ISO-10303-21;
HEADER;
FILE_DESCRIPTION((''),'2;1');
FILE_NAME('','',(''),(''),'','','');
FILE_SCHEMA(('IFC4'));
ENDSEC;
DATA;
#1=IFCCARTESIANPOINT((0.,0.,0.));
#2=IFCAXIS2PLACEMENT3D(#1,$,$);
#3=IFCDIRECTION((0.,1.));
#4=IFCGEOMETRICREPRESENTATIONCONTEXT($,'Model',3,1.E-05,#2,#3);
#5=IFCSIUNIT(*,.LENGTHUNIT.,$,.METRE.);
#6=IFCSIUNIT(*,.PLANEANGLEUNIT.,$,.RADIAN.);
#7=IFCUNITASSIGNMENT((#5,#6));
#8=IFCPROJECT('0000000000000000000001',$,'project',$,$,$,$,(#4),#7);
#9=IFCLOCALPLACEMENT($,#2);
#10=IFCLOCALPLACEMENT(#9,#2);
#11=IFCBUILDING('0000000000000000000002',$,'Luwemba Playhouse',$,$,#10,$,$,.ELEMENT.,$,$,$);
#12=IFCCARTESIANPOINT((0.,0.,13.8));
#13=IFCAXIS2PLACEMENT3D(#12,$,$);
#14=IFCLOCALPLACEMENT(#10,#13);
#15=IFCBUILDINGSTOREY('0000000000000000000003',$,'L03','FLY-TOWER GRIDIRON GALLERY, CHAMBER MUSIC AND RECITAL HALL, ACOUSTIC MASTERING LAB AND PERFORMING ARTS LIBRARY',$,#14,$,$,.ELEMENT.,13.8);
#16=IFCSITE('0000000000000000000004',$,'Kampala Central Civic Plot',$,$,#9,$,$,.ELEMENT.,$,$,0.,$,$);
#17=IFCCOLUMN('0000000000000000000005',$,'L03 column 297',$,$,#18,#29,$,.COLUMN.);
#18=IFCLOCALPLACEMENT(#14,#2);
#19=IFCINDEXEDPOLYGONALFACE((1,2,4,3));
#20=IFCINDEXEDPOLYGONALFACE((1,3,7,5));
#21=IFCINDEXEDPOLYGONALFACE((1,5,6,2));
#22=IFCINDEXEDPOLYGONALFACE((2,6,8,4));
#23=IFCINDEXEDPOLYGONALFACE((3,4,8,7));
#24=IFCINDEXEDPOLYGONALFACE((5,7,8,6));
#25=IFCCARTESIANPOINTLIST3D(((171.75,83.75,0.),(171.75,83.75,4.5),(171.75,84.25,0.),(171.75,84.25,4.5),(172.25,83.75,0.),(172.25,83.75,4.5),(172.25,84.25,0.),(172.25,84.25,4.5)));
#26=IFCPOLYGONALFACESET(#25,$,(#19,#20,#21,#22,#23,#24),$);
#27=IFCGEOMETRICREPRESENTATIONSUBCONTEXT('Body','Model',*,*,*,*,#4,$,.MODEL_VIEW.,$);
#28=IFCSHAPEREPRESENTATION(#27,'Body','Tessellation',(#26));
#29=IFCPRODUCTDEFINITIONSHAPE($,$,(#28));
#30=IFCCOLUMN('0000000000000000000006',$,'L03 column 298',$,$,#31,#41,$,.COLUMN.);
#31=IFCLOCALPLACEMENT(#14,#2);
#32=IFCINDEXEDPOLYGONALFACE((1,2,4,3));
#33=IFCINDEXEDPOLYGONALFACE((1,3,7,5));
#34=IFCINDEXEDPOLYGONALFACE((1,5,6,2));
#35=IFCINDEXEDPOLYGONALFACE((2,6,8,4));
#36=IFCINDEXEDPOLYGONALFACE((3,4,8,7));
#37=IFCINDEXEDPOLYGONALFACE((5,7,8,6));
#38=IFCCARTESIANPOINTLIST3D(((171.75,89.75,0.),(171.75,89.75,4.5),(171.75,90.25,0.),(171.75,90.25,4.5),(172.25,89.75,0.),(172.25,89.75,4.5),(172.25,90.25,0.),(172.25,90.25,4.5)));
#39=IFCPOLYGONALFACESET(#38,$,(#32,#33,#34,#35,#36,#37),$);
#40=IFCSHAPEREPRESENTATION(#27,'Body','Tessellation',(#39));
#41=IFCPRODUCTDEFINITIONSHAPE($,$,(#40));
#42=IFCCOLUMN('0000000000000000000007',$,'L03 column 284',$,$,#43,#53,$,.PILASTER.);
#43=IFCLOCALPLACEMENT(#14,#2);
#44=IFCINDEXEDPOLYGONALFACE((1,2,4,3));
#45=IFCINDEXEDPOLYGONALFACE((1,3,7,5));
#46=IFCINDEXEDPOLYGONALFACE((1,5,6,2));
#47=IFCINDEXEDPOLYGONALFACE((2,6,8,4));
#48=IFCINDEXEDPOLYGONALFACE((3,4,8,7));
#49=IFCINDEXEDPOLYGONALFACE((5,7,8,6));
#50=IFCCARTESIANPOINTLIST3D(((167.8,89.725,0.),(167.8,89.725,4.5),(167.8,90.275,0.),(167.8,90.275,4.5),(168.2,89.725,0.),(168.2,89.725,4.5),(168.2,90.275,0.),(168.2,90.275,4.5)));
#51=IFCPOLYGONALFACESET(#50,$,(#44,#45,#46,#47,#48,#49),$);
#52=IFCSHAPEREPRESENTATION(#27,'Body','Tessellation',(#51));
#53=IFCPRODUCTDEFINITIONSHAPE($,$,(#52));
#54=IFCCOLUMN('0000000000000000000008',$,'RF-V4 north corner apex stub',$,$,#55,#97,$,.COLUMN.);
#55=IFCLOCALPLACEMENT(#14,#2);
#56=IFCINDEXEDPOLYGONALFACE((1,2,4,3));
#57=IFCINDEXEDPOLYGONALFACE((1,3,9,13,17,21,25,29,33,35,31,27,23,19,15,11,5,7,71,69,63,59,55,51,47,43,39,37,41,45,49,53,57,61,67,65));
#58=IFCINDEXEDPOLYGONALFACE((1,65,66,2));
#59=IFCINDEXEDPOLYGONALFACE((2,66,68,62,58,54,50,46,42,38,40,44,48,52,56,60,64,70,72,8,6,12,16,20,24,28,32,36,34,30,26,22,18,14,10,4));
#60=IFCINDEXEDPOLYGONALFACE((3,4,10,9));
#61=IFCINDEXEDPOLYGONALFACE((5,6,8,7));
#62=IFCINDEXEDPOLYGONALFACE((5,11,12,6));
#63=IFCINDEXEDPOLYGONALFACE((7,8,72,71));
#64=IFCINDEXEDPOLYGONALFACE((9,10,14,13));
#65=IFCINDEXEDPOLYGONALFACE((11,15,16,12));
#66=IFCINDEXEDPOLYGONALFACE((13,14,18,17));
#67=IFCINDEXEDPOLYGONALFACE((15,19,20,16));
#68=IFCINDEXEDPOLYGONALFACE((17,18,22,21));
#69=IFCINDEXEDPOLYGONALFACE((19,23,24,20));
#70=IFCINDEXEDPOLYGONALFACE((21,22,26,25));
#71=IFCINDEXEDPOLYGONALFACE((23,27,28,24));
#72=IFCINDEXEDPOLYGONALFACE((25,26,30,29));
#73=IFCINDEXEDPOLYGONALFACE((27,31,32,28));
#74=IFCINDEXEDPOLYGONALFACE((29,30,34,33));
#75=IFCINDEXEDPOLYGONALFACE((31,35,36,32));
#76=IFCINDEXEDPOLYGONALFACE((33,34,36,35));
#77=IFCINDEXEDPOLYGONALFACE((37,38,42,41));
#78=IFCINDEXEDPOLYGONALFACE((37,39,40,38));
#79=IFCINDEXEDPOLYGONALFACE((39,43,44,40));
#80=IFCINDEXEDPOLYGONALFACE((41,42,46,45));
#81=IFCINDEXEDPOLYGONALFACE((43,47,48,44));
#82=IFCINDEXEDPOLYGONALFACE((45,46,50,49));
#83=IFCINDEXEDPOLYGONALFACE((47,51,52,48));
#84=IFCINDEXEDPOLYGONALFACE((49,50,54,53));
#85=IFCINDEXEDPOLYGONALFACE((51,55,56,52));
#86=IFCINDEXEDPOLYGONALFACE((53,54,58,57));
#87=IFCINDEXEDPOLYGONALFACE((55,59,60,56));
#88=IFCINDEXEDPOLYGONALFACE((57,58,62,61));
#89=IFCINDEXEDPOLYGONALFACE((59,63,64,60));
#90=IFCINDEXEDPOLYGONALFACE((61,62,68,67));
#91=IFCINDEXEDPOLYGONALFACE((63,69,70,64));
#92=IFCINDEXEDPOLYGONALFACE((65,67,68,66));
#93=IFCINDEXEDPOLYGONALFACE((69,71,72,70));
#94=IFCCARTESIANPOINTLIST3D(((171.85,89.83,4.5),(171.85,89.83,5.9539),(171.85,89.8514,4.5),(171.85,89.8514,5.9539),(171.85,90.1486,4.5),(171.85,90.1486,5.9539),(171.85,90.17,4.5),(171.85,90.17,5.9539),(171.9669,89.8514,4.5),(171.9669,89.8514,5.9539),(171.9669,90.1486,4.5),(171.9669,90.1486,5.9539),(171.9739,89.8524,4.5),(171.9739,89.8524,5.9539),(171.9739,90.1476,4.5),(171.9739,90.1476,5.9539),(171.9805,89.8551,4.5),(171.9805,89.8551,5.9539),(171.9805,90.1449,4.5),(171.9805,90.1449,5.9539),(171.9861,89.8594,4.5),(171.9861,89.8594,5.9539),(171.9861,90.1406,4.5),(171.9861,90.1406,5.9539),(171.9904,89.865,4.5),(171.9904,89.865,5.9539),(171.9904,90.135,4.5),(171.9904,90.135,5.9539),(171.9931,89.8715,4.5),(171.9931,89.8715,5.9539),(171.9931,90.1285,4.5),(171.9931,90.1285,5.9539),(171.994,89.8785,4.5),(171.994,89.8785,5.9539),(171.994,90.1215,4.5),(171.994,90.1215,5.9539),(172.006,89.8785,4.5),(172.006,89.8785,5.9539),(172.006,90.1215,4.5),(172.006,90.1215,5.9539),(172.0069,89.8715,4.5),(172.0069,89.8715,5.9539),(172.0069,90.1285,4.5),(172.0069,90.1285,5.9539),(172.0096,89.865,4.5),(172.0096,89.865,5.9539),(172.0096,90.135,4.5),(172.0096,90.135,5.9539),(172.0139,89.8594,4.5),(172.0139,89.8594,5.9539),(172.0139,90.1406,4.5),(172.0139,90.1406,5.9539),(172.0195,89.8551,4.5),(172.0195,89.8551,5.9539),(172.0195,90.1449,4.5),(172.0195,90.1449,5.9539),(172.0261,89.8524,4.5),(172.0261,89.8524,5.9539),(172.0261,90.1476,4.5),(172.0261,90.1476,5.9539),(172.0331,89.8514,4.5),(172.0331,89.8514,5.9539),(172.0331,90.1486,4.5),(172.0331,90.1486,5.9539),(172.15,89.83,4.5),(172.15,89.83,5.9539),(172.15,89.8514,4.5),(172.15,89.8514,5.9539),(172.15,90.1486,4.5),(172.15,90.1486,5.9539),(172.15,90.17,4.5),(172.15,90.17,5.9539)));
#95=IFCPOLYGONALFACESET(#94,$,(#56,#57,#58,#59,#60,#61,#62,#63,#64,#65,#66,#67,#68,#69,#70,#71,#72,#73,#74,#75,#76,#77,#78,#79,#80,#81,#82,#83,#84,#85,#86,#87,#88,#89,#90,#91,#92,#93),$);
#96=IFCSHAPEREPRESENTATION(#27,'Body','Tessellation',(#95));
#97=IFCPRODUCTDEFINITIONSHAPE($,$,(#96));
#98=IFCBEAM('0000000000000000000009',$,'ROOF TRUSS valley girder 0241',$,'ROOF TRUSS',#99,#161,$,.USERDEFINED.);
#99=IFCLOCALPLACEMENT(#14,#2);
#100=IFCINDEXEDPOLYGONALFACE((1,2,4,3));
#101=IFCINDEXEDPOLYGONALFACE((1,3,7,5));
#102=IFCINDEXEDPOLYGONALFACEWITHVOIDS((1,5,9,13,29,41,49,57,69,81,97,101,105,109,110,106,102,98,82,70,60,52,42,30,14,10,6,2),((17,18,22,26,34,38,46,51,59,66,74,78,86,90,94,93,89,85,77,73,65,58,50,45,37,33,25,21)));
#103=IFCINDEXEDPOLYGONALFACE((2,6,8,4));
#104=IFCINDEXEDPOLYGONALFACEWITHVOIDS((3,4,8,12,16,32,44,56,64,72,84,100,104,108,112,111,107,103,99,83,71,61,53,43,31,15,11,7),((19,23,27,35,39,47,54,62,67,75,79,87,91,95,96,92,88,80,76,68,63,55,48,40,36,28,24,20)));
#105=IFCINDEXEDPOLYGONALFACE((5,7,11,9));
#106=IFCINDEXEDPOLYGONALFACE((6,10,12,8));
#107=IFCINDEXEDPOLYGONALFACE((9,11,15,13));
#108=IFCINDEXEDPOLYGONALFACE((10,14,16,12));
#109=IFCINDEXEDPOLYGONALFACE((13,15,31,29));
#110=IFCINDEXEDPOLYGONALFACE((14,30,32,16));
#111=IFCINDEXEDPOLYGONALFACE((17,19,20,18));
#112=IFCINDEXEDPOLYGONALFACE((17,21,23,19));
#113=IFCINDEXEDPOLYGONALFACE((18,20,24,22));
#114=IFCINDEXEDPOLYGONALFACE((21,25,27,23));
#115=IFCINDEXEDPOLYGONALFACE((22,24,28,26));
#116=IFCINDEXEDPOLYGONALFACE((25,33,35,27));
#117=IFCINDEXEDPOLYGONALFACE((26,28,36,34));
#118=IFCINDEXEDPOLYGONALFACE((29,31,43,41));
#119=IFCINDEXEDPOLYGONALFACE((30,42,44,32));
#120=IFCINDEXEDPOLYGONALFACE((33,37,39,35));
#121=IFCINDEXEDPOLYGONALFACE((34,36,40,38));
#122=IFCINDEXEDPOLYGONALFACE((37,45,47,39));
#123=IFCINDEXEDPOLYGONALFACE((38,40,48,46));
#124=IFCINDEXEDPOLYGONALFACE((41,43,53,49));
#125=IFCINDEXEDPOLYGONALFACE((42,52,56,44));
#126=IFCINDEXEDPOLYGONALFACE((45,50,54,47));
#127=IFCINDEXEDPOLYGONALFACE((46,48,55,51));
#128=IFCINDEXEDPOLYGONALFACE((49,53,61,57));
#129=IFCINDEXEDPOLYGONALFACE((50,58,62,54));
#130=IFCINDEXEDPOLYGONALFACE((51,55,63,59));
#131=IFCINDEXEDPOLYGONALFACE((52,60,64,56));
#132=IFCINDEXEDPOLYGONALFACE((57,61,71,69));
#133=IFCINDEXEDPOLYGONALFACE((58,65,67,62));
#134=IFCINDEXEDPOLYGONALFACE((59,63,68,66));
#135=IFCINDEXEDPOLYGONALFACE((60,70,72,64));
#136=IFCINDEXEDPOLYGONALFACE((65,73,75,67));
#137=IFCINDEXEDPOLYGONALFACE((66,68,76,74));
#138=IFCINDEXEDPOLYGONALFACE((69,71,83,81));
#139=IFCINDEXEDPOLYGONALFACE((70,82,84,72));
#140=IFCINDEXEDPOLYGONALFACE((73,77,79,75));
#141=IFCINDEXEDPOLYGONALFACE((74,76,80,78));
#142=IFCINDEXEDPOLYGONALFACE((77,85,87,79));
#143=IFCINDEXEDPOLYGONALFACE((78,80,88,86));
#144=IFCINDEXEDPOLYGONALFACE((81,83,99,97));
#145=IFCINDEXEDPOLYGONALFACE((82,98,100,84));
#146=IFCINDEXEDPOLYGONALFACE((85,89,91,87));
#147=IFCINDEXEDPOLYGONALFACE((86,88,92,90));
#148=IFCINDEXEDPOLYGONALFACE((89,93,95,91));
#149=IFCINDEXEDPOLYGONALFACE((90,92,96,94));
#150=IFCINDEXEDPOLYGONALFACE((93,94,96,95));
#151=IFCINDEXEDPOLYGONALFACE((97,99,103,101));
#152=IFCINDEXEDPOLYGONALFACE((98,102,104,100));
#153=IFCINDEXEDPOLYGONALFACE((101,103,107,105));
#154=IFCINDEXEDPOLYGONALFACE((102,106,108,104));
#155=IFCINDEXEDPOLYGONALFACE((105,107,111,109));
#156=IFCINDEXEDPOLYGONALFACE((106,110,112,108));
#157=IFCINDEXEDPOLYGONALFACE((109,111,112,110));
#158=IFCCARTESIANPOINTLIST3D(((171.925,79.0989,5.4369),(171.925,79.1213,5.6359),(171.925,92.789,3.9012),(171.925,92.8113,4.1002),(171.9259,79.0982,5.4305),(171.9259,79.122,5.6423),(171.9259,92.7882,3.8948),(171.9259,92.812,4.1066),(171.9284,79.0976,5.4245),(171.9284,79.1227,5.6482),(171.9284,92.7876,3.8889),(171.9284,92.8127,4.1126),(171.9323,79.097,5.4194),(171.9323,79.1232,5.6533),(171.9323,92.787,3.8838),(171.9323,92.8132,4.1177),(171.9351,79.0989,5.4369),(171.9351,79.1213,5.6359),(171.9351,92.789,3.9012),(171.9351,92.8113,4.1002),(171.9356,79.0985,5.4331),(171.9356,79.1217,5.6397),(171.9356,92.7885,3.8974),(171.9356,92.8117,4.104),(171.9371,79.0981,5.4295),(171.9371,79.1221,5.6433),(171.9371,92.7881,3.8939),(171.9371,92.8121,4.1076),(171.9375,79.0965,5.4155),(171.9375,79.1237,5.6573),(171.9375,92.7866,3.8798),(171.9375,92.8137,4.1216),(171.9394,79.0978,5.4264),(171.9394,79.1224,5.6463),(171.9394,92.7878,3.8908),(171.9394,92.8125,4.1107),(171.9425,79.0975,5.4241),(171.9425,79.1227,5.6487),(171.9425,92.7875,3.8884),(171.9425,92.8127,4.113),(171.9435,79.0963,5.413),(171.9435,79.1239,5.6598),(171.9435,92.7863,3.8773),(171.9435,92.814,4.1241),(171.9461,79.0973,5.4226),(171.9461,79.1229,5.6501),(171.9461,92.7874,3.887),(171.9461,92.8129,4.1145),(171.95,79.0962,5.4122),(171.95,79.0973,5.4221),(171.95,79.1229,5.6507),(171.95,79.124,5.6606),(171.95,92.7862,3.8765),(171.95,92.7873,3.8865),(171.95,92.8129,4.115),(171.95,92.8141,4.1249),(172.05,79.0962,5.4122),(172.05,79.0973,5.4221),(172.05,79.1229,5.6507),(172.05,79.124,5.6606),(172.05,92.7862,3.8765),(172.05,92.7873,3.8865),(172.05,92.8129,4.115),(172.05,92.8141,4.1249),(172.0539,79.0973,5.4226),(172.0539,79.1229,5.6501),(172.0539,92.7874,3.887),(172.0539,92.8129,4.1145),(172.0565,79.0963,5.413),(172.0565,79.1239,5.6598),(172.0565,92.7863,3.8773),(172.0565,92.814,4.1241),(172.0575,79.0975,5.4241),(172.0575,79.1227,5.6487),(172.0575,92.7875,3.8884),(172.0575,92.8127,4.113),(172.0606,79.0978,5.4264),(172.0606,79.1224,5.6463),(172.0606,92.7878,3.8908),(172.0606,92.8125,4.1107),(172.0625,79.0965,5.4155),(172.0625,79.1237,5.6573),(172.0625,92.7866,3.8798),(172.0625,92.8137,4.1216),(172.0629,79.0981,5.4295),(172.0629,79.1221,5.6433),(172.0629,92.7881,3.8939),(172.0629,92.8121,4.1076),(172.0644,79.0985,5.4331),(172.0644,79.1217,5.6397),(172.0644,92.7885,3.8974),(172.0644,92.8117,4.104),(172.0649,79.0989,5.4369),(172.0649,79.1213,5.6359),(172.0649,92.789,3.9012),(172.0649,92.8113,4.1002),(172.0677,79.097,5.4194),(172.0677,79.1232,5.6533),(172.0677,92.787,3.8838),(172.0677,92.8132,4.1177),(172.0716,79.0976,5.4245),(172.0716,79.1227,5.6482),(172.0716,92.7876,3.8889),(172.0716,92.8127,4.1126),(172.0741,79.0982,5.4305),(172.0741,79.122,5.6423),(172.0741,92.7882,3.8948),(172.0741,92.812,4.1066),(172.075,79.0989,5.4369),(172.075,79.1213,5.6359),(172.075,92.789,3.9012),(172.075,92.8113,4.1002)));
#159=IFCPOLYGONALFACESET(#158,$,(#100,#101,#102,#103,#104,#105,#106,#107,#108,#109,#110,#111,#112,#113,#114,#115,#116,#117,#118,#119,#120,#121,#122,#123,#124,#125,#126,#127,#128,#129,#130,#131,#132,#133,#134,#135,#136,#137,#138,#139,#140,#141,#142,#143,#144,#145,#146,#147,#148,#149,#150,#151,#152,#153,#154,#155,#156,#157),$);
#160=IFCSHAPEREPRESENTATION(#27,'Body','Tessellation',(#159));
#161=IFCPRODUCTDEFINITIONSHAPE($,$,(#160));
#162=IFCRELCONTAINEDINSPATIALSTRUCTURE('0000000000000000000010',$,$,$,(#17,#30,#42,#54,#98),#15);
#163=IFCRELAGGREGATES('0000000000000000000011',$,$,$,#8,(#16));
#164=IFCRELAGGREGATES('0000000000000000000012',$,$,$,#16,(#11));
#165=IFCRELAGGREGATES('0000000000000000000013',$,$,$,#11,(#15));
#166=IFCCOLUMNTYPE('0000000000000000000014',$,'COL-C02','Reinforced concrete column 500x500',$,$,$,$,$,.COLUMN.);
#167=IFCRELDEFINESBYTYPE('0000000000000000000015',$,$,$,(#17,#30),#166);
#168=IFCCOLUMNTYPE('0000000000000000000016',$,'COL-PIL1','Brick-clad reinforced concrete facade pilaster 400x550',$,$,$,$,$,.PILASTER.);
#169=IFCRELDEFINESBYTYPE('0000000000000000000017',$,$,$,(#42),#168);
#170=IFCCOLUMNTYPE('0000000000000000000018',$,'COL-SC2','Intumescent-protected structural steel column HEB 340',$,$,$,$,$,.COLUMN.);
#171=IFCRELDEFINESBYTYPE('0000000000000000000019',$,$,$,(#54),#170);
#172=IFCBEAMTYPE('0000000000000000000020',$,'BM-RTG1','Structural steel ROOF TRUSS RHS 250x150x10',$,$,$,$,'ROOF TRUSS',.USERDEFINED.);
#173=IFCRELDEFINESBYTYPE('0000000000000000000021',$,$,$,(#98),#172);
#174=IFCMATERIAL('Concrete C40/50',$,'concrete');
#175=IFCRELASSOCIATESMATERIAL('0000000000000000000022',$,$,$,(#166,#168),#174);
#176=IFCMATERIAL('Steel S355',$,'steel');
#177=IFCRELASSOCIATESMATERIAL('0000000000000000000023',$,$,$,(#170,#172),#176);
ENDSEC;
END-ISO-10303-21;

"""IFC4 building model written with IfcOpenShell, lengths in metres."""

from ifc_helpers import new_model, si_unit, direction, frame, origin, origin_2d, place, context, subcontext, project, spatial, rectangle, hollow_rectangle, i_section, extrude, material, material_profile, profile_set, type_object, element, save


model = new_model("IFC4")

# Units and contexts
model_context = context("Model", 3, precision=1e-05, world=origin(), true_north=direction((0.0, 1.0)))
body_context = subcontext(model_context, "Body", "Model", "MODEL_VIEW")
ifc_project = project(units=[si_unit("LENGTHUNIT", "METRE"), si_unit("PLANEANGLEUNIT", "RADIAN")], contexts=[model_context])

# Site, building, storey
site_placement = place(None, origin())
site = spatial("IfcSite", under=ifc_project, at=site_placement, Name="Kampala Central Civic Plot", CompositionType="ELEMENT", RefElevation=0.0)
building_placement = place(site_placement, origin())
building = spatial("IfcBuilding", under=site, at=building_placement, Name="Luwemba Playhouse", CompositionType="ELEMENT")
storey_placement = place(building_placement, frame((0.0, 0.0, 13.8)))
storey = spatial("IfcBuildingStorey", under=building, at=storey_placement, Name="L03", Description="FLY-TOWER GRIDIRON GALLERY, CHAMBER MUSIC AND RECITAL HALL, ACOUSTIC MASTERING LAB AND PERFORMING ARTS LIBRARY", CompositionType="ELEMENT", Elevation=13.8)

# Columns
ifc_material_1 = material(Name="Concrete C40/50", Category="concrete")
ifc_material_profile_1 = material_profile(ifc_material_1, rectangle(XDim=0.5, YDim=0.5, at=origin_2d()))
ifc_profile_set_1 = profile_set([ifc_material_profile_1], Name="Concrete C40/50")
column_type_1 = type_object("IfcColumnType", Name="COL-C02", Description="Reinforced concrete column 500x500", PredefinedType="COLUMN", material=ifc_profile_set_1)
for number, where, z_axis, x_axis, name in (
    (1, (172.0, 84.0, 0.0), (0.0, 0.0, 1.0), (1.0, 0.0, 0.0), "L03 column 297"),
    (2, (172.0, 90.0, 0.0), (0.0, 0.0, 1.0), (1.0, 0.0, 0.0), "L03 column 298"),
):
    element("IfcColumn", number, at=place(storey_placement, frame(where, z_axis=z_axis, x_axis=x_axis)), inside=storey, type_object=column_type_1, Name=name, PredefinedType="COLUMN", context=body_context, shape_type="SweptSolid", body=[
        extrude(rectangle(XDim=0.5, YDim=0.5, at=origin_2d()), origin(), (0.0, 0.0, 1.0), 4.5),
    ])
ifc_material_profile_2 = material_profile(ifc_material_1, rectangle(XDim=0.3999, YDim=0.55, at=origin_2d()))
ifc_profile_set_2 = profile_set([ifc_material_profile_2], Name="Concrete C40/50")
column_type_2 = type_object("IfcColumnType", Name="COL-PIL1", Description="Brick-clad reinforced concrete facade pilaster 400x550", PredefinedType="PILASTER", material=ifc_profile_set_2)
column_1_placement = place(storey_placement, frame((168.0, 90.0, 0.0), z_axis=(0.0, 0.0, 1.0), x_axis=(1.0, 0.0, 0.0)))
element("IfcColumn", 3, at=column_1_placement, inside=storey, type_object=column_type_2, Name="L03 column 284", PredefinedType="PILASTER", context=body_context, shape_type="SweptSolid", body=[
    extrude(rectangle(XDim=0.3999, YDim=0.55, at=origin_2d()), origin(), (0.0, 0.0, 1.0), 4.5),
])
ifc_material_2 = material(Name="Steel S355", Category="steel")
ifc_material_profile_3 = material_profile(ifc_material_2, i_section(OverallWidth=0.3, OverallDepth=0.3401, WebThickness=0.012, FlangeThickness=0.0215, FilletRadius=0.0271, at=origin_2d()))
ifc_profile_set_3 = profile_set([ifc_material_profile_3], Name="Steel S355")
column_type_3 = type_object("IfcColumnType", Name="COL-SC2", Description="Intumescent-protected structural steel column HEB 340", PredefinedType="COLUMN", material=ifc_profile_set_3)
column_2_placement = place(storey_placement, frame((172.0, 90.0, 4.5), z_axis=(0.0, 0.0, 1.0), x_axis=(1.0, 0.0, 0.0)))
element("IfcColumn", 4, at=column_2_placement, inside=storey, type_object=column_type_3, Name="RF-V4 north corner apex stub", PredefinedType="COLUMN", context=body_context, shape_type="SweptSolid", body=[
    extrude(i_section(OverallWidth=0.3, OverallDepth=0.3401, WebThickness=0.012, FlangeThickness=0.0215, FilletRadius=0.0271, at=origin_2d()), origin(), (0.0, 0.0, 1.0), 1.4539),
])

# Beam
ifc_material_profile_4 = material_profile(ifc_material_2, hollow_rectangle(XDim=0.1499, YDim=0.25, WallThickness=0.01, InnerFilletRadius=0.0149, OuterFilletRadius=0.0249, at=origin_2d()))
ifc_profile_set_4 = profile_set([ifc_material_profile_4], Name="Steel S355")
beam_type_1 = type_object("IfcBeamType", Name="BM-RTG1", Description="Structural steel ROOF TRUSS RHS 250x150x10", ElementType="ROOF TRUSS", PredefinedType="USERDEFINED", material=ifc_profile_set_4)
beam_1_placement = place(storey_placement, frame((172.0, 79.1101, 5.5364), z_axis=(0.0, 0.993767, -0.111474), x_axis=(-1.0, 0.0, 0.0)))
element("IfcBeam", 5, at=beam_1_placement, inside=storey, type_object=beam_type_1, Name="ROOF TRUSS valley girder 0241", ObjectType="ROOF TRUSS", PredefinedType="USERDEFINED", context=body_context, shape_type="SweptSolid", body=[
    extrude(hollow_rectangle(XDim=0.1499, YDim=0.25, WallThickness=0.01, InnerFilletRadius=0.0149, OuterFilletRadius=0.0249, at=origin_2d()), origin(), (0.0, 0.0, 1.0), 13.7759),
])

save(model, "model.ifc")
